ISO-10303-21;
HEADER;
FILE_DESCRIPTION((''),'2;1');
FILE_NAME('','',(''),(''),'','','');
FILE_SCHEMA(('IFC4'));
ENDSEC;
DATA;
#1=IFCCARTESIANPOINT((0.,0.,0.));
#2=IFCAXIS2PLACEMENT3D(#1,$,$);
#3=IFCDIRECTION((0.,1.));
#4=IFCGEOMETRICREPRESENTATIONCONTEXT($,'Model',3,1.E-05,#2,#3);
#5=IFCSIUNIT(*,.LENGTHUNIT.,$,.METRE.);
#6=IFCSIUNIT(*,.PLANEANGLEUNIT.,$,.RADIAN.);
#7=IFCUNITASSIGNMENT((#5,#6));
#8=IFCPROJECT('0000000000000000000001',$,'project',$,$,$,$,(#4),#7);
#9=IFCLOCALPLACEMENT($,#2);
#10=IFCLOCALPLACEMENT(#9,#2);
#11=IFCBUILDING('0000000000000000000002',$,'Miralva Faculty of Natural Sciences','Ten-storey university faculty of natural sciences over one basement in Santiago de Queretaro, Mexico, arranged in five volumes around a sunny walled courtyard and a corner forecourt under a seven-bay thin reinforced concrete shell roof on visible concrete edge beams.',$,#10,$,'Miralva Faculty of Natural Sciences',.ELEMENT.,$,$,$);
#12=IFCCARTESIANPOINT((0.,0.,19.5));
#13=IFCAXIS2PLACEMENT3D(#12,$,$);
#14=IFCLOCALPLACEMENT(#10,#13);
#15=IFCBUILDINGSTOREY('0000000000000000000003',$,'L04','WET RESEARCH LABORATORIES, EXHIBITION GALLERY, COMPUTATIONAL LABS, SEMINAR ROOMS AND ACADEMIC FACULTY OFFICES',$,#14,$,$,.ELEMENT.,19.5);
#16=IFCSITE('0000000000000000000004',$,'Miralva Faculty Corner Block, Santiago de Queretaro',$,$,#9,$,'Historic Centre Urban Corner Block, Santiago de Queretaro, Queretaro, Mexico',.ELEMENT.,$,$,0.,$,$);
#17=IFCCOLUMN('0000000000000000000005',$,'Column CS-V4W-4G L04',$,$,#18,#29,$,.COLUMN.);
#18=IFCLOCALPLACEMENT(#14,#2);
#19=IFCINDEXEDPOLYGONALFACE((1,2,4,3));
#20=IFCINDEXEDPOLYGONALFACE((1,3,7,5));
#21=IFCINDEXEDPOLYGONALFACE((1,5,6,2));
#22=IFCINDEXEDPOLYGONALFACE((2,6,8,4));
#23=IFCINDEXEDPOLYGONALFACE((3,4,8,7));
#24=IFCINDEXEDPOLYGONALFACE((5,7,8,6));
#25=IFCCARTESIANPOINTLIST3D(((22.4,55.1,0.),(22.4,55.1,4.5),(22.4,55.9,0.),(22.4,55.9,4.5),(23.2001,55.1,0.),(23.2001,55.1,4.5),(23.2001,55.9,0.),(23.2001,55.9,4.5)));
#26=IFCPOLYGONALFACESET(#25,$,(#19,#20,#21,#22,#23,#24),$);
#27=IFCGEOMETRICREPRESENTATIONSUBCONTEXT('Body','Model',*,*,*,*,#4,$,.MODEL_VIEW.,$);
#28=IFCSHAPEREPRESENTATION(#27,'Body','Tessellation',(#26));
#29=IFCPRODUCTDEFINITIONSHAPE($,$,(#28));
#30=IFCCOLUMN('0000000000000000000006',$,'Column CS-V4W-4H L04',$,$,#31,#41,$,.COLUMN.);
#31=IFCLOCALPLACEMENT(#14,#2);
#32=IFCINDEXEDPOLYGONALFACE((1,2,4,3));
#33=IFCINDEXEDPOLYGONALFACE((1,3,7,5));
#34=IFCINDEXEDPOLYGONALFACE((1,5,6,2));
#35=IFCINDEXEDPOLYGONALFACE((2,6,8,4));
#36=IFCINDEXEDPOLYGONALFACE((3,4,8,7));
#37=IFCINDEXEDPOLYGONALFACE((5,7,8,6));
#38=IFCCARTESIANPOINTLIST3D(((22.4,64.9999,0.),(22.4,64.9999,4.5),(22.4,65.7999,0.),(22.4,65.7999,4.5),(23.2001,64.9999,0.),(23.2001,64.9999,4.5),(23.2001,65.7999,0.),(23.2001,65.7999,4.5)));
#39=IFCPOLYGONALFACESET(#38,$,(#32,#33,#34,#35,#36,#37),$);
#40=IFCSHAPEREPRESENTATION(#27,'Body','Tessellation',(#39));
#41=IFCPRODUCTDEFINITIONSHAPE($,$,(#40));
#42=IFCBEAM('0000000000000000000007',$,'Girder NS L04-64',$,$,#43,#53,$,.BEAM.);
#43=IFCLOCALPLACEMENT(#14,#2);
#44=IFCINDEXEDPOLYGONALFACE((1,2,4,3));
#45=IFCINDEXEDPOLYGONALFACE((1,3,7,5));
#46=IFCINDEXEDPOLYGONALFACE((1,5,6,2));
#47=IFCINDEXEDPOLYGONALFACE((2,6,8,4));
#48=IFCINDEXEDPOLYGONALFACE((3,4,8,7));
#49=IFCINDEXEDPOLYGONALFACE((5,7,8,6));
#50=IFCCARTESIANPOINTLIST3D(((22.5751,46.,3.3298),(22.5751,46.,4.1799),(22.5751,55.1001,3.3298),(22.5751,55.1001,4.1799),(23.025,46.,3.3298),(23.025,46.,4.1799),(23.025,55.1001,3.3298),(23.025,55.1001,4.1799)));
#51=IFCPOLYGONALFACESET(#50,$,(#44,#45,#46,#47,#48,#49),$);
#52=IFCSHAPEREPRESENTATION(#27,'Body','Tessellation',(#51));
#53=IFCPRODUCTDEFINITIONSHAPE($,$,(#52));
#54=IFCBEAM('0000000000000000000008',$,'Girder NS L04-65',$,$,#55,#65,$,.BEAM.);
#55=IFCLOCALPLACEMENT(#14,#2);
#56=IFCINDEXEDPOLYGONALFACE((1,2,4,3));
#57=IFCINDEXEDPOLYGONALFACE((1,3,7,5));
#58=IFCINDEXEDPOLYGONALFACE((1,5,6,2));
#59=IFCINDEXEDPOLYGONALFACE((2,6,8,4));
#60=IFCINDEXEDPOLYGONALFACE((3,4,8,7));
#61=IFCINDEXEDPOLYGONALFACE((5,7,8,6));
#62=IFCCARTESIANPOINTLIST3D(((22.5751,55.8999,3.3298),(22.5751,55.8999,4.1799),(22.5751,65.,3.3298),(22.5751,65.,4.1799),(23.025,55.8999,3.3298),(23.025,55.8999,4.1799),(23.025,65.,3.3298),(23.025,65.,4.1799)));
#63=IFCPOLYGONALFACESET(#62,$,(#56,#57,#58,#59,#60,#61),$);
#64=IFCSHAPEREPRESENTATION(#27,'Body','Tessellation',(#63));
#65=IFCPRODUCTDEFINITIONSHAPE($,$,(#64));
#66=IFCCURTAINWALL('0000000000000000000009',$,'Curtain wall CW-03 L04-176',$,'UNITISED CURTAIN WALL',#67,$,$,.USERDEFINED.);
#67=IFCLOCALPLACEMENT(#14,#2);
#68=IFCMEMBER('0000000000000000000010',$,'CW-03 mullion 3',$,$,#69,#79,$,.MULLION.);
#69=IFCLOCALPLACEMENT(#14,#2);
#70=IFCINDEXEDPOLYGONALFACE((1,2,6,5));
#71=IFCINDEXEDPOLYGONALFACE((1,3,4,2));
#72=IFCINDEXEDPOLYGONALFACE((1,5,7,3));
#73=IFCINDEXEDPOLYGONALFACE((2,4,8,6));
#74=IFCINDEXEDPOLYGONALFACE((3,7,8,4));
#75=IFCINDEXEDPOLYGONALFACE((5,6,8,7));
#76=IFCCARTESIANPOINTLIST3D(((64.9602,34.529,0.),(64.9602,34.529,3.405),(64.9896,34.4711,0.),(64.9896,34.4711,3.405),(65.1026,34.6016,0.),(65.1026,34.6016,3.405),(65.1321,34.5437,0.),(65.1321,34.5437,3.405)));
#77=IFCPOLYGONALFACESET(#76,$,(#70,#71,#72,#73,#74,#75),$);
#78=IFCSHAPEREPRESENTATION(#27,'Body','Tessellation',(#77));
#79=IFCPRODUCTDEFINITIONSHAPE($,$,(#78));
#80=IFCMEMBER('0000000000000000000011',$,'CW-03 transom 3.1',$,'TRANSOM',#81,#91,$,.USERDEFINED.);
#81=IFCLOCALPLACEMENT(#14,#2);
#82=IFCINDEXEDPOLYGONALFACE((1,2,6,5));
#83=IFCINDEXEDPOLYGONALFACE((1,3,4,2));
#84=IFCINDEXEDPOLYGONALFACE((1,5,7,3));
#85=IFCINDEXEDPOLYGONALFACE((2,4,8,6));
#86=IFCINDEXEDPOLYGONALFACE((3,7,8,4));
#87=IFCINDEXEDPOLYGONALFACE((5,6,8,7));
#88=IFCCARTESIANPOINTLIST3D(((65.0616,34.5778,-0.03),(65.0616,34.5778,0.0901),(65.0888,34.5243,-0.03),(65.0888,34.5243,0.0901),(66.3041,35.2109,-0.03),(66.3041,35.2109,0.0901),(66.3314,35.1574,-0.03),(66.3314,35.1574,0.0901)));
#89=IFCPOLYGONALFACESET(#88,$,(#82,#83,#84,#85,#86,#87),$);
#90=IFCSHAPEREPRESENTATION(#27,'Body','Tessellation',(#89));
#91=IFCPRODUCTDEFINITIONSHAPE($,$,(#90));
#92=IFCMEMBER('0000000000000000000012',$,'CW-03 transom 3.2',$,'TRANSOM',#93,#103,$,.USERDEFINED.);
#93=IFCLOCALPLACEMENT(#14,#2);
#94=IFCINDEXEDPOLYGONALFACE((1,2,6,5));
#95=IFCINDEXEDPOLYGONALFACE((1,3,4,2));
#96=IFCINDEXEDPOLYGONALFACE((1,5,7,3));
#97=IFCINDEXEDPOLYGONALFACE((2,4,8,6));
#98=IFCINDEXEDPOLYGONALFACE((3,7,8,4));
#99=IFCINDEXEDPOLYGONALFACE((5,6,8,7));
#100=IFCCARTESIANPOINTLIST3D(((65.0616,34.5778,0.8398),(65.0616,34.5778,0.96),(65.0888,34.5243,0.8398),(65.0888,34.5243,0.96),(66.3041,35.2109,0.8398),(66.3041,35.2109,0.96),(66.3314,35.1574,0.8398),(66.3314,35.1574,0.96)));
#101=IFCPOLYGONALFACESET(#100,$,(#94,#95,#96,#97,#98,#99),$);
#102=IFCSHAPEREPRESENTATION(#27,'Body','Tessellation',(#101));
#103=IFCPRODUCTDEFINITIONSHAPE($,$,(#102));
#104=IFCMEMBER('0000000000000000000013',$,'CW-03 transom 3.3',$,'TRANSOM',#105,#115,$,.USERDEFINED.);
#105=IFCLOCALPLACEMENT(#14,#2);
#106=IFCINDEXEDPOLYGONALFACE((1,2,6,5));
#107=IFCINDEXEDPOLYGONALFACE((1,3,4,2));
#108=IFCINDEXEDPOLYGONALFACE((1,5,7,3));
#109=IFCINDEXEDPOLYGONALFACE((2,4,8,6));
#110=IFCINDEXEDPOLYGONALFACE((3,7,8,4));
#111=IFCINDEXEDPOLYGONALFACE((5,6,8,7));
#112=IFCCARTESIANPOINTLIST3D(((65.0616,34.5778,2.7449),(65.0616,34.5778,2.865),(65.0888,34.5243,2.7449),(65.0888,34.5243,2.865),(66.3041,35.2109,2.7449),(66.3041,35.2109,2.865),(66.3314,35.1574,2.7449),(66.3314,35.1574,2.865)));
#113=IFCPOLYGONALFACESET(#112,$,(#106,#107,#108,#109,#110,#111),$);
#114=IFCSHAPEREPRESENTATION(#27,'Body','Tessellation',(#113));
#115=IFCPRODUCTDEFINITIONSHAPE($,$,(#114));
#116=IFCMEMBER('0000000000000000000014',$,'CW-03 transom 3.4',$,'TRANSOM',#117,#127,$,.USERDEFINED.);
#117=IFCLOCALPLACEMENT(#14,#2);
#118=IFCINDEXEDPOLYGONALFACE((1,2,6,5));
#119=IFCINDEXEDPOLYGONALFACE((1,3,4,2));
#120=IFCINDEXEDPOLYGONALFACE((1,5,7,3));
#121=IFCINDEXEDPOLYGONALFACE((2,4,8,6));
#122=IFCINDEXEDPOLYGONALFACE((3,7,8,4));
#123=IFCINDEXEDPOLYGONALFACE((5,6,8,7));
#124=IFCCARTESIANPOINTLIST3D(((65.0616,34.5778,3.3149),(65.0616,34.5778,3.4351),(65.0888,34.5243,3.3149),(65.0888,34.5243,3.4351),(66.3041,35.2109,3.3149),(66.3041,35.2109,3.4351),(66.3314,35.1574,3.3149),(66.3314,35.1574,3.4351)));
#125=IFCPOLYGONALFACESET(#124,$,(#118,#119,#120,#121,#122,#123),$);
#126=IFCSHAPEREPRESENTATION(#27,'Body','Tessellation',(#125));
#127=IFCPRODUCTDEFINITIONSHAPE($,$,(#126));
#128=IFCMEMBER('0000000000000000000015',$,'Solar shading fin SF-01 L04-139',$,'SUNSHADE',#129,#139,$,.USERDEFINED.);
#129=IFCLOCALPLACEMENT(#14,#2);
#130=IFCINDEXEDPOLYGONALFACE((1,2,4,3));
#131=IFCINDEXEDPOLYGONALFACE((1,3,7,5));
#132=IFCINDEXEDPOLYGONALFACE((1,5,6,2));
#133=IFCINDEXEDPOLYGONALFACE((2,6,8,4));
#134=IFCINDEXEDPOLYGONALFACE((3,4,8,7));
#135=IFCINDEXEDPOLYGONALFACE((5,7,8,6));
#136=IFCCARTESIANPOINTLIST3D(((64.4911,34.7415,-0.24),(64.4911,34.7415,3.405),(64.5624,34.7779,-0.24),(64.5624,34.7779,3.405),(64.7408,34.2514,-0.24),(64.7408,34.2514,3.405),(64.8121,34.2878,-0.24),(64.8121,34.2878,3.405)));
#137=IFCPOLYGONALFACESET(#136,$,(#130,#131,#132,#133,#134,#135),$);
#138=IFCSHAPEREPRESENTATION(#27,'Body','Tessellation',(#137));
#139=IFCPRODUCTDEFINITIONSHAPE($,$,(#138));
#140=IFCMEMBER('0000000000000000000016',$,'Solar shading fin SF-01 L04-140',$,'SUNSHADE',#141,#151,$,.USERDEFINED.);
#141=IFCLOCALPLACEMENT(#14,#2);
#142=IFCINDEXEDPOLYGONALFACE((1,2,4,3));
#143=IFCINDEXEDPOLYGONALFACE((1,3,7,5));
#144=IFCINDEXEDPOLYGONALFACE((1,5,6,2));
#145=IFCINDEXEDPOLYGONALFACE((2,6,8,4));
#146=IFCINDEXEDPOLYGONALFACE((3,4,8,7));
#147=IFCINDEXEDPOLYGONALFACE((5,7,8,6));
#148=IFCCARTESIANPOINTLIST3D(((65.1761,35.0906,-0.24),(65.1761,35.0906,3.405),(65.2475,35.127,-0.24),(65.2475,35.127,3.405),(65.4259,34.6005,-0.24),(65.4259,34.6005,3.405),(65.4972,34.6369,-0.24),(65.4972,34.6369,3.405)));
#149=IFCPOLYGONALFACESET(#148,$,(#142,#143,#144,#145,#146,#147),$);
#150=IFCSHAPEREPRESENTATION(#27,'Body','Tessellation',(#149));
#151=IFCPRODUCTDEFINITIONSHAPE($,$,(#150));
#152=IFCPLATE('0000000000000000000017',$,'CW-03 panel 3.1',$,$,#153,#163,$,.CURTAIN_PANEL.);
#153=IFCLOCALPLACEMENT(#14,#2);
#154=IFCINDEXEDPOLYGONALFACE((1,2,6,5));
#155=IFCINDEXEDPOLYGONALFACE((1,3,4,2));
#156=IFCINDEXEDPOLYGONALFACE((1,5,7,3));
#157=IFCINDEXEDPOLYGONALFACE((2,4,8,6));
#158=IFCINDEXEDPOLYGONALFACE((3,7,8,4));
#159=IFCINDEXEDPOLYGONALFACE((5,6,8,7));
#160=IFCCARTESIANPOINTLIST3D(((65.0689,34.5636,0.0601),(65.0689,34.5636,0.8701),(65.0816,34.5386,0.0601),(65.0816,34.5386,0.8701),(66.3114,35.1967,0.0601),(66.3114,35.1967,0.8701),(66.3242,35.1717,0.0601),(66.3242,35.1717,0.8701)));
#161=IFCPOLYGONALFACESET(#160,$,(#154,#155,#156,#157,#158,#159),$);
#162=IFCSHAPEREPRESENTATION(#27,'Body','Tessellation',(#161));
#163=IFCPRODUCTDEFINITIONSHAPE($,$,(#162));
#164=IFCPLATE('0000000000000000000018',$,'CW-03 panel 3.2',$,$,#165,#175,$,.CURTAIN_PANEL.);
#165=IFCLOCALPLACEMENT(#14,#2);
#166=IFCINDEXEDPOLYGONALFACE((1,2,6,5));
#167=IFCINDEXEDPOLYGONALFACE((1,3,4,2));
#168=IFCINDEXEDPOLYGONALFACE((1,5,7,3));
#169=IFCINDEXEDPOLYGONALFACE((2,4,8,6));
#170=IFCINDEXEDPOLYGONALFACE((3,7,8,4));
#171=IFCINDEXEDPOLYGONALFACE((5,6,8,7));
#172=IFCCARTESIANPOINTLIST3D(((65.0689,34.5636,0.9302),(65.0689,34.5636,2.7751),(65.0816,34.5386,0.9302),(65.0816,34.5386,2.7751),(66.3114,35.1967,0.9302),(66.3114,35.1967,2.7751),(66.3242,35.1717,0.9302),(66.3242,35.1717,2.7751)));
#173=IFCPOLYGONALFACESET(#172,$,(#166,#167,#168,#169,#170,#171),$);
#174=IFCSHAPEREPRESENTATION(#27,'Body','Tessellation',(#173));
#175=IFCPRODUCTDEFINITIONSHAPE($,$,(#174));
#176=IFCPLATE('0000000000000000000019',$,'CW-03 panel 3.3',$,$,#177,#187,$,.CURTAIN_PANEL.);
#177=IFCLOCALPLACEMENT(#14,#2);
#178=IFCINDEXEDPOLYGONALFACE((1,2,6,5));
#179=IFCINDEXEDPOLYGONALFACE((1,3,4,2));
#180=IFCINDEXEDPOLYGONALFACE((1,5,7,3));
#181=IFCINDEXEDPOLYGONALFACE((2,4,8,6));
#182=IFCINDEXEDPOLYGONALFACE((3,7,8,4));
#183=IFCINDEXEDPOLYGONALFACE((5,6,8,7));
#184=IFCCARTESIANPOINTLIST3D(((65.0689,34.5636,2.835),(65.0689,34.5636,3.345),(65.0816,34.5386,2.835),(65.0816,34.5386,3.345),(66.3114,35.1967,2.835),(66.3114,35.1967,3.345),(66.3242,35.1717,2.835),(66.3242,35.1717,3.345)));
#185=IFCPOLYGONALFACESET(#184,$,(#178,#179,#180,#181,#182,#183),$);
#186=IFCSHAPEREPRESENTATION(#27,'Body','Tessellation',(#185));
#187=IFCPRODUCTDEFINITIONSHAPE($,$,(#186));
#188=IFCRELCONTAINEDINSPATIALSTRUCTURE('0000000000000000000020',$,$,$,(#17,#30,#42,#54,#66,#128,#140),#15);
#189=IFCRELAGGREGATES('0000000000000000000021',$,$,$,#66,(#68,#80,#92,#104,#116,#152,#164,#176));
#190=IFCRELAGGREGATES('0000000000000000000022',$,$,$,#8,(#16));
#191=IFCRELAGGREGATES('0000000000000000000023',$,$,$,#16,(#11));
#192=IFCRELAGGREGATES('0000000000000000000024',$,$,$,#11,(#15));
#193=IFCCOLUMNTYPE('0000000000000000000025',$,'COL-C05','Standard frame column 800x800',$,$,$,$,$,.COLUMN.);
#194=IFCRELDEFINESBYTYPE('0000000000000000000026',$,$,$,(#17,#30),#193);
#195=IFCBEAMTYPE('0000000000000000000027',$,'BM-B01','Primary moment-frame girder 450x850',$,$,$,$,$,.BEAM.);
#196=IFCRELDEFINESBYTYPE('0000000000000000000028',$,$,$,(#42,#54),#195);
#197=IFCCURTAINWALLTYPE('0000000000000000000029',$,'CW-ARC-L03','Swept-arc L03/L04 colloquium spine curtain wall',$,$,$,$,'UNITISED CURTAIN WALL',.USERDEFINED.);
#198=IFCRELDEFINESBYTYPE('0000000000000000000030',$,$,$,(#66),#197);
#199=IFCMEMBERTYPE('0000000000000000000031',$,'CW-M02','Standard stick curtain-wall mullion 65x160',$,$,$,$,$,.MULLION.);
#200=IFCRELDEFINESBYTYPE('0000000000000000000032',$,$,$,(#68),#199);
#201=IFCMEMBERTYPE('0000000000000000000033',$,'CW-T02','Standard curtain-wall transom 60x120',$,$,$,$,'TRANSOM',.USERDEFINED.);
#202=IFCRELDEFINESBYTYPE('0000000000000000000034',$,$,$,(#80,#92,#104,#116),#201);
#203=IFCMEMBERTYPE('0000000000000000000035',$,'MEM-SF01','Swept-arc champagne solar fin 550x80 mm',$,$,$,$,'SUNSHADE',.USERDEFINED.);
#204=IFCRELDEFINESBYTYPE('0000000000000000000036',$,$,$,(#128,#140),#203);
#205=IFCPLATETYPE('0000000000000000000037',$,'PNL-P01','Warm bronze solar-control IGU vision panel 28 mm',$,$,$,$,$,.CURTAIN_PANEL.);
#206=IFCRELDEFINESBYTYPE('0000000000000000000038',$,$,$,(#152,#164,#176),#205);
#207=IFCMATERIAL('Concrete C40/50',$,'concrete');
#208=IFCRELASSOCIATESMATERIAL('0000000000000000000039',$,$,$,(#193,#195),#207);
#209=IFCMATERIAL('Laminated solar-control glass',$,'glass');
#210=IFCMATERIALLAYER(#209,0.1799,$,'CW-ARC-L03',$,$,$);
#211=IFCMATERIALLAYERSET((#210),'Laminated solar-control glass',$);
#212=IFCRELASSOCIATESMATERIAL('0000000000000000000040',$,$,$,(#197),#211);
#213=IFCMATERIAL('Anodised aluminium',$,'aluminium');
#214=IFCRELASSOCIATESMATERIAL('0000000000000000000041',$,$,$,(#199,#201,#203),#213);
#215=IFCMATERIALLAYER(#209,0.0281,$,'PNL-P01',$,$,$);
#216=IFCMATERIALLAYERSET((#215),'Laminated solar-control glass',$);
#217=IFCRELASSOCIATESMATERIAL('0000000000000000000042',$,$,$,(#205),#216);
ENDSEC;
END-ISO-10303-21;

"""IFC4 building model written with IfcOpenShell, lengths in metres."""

from ifc_helpers import new_model, si_unit, direction, frame, origin, origin_2d, place, context, subcontext, project, spatial, rectangle, extrude, material, layer, layer_set, material_profile, profile_set, type_object, element, aggregate, save


model = new_model("IFC4")

# Units and contexts
model_context = context("Model", 3, precision=1e-05, world=origin(), true_north=direction((0.0, 1.0)))
body_context = subcontext(model_context, "Body", "Model", "MODEL_VIEW")
ifc_project = project(units=[si_unit("LENGTHUNIT", "METRE"), si_unit("PLANEANGLEUNIT", "RADIAN")], contexts=[model_context])

# Site, building, storey
site_placement = place(None, origin())
site = spatial("IfcSite", under=ifc_project, at=site_placement, Name="Miralva Faculty Corner Block, Santiago de Queretaro", LongName="Historic Centre Urban Corner Block, Santiago de Queretaro, Queretaro, Mexico", CompositionType="ELEMENT", RefElevation=0.0)
building_placement = place(site_placement, origin())
building = spatial("IfcBuilding", under=site, at=building_placement, Name="Miralva Faculty of Natural Sciences", Description="Ten-storey university faculty of natural sciences over one basement in Santiago de Queretaro, Mexico, arranged in five volumes around a sunny walled courtyard and a corner forecourt under a seven-bay thin reinforced concrete shell roof on visible concrete edge beams.", LongName="Miralva Faculty of Natural Sciences", CompositionType="ELEMENT")
storey_placement = place(building_placement, frame((0.0, 0.0, 19.5)))
storey = spatial("IfcBuildingStorey", under=building, at=storey_placement, Name="L04", Description="WET RESEARCH LABORATORIES, EXHIBITION GALLERY, COMPUTATIONAL LABS, SEMINAR ROOMS AND ACADEMIC FACULTY OFFICES", CompositionType="ELEMENT", Elevation=19.5)

# Columns
ifc_material_1 = material(Name="Concrete C40/50", Category="concrete")
ifc_material_profile_1 = material_profile(ifc_material_1, rectangle(XDim=0.8, YDim=0.8, at=origin_2d()), Name="RC 800x800")
ifc_profile_set_1 = profile_set([ifc_material_profile_1], Name="Concrete C40/50")
column_type = type_object("IfcColumnType", Name="COL-C05", Description="Standard frame column 800x800", PredefinedType="COLUMN", material=ifc_profile_set_1)
for number, where, z_axis, x_axis, name in (
    (1, (22.8, 55.5, 0.0), (0.0, 0.0, 1.0), (1.0, 0.0, 0.0), "Column CS-V4W-4G L04"),
    (2, (22.8, 65.3999, 0.0), (0.0, 0.0, 1.0), (1.0, 0.0, 0.0), "Column CS-V4W-4H L04"),
):
    element("IfcColumn", number, at=place(storey_placement, frame(where, z_axis=z_axis, x_axis=x_axis)), inside=storey, type_object=column_type, Name=name, PredefinedType="COLUMN", context=body_context, shape_type="SweptSolid", body=[
        extrude(rectangle(XDim=0.8, YDim=0.8, at=origin_2d()), origin(), (0.0, 0.0, 1.0), 4.5),
    ])

# Beams
ifc_material_profile_2 = material_profile(ifc_material_1, rectangle(XDim=0.45, YDim=0.8501, at=origin_2d()), Name="RC 450x850")
ifc_profile_set_2 = profile_set([ifc_material_profile_2], Name="Concrete C40/50")
beam_type = type_object("IfcBeamType", Name="BM-B01", Description="Primary moment-frame girder 450x850", PredefinedType="BEAM", material=ifc_profile_set_2)
for number, where, z_axis, x_axis, name in (
    (3, (22.8, 46.0, 3.7549), (0.0, 1.0, 0.0), (-1.0, 0.0, 0.0), "Girder NS L04-64"),
    (4, (22.8, 55.8999, 3.7549), (0.0, 1.0, 0.0), (-1.0, 0.0, 0.0), "Girder NS L04-65"),
):
    element("IfcBeam", number, at=place(storey_placement, frame(where, z_axis=z_axis, x_axis=x_axis)), inside=storey, type_object=beam_type, Name=name, PredefinedType="BEAM", context=body_context, shape_type="SweptSolid", body=[
        extrude(rectangle(XDim=0.45, YDim=0.8501, at=origin_2d()), origin(), (0.0, 0.0, 1.0), 9.1001),
    ])

# Curtain wall, members
ifc_material_2 = material(Name="Laminated solar-control glass", Category="glass")
ifc_layer_1 = layer(ifc_material_2, 0.1799, Name="CW-ARC-L03")
ifc_layer_set_1 = layer_set([ifc_layer_1], Name="Laminated solar-control glass")
curtain_wall_type = type_object("IfcCurtainWallType", Name="CW-ARC-L03", Description="Swept-arc L03/L04 colloquium spine curtain wall", ElementType="UNITISED CURTAIN WALL", PredefinedType="USERDEFINED", material=ifc_layer_set_1)
curtain_wall_placement = place(storey_placement, origin())
curtain_wall = element("IfcCurtainWall", 5, at=curtain_wall_placement, inside=storey, type_object=curtain_wall_type, Name="Curtain wall CW-03 L04-176", ObjectType="UNITISED CURTAIN WALL", PredefinedType="USERDEFINED")
ifc_material_3 = material(Name="Anodised aluminium", Category="aluminium")
ifc_material_profile_3 = material_profile(ifc_material_3, rectangle(XDim=0.0649, YDim=0.1599, at=origin_2d()), Name="MULLION 65x160")
ifc_profile_set_3 = profile_set([ifc_material_profile_3], Name="Anodised aluminium")
member_type_1 = type_object("IfcMemberType", Name="CW-M02", Description="Standard stick curtain-wall mullion 65x160", PredefinedType="MULLION", material=ifc_profile_set_3)
member_1_placement = place(storey_placement, frame((65.0461, 34.5364, 0.0), z_axis=(0.0, 0.0, 1.0), x_axis=(-0.453975, 0.891015, 0.0)))
member_1 = element("IfcMember", 6, at=member_1_placement, type_object=member_type_1, Name="CW-03 mullion 3", PredefinedType="MULLION", context=body_context, shape_type="SweptSolid", body=[
    extrude(rectangle(XDim=0.0649, YDim=0.1599, at=origin_2d()), origin(), (0.0, 0.0, 1.0), 3.405),
])
ifc_material_profile_4 = material_profile(ifc_material_3, rectangle(XDim=0.0601, YDim=0.1201, at=origin_2d()), Name="TRANSOM 60x120")
ifc_profile_set_4 = profile_set([ifc_material_profile_4], Name="Anodised aluminium")
member_type_2 = type_object("IfcMemberType", Name="CW-T02", Description="Standard curtain-wall transom 60x120", ElementType="TRANSOM", PredefinedType="USERDEFINED", material=ifc_profile_set_4)
member_2_placement = place(storey_placement, frame((65.0752, 34.551, 0.03), z_axis=(0.891005, 0.453994, 0.0), x_axis=(-0.453994, 0.891005, 0.0)))
member_2 = element("IfcMember", 7, at=member_2_placement, type_object=member_type_2, Name="CW-03 transom 3.1", ObjectType="TRANSOM", PredefinedType="USERDEFINED", context=body_context, shape_type="SweptSolid", body=[
    extrude(rectangle(XDim=0.0601, YDim=0.1201, at=origin_2d()), origin(), (0.0, 0.0, 1.0), 1.3945),
])
member_3_placement = place(storey_placement, frame((65.0752, 34.551, 0.8999), z_axis=(0.891005, 0.453994, 0.0), x_axis=(-0.453994, 0.891005, 0.0)))
member_3 = element("IfcMember", 8, at=member_3_placement, type_object=member_type_2, Name="CW-03 transom 3.2", ObjectType="TRANSOM", PredefinedType="USERDEFINED", context=body_context, shape_type="SweptSolid", body=[
    extrude(rectangle(XDim=0.0601, YDim=0.1201, at=origin_2d()), origin(), (0.0, 0.0, 1.0), 1.3945),
])
member_4_placement = place(storey_placement, frame((65.0752, 34.551, 2.8049), z_axis=(0.891005, 0.453994, 0.0), x_axis=(-0.453994, 0.891005, 0.0)))
member_4 = element("IfcMember", 9, at=member_4_placement, type_object=member_type_2, Name="CW-03 transom 3.3", ObjectType="TRANSOM", PredefinedType="USERDEFINED", context=body_context, shape_type="SweptSolid", body=[
    extrude(rectangle(XDim=0.0601, YDim=0.1201, at=origin_2d()), origin(), (0.0, 0.0, 1.0), 1.3945),
])
member_5_placement = place(storey_placement, frame((65.0752, 34.551, 3.375), z_axis=(0.891005, 0.453994, 0.0), x_axis=(-0.453994, 0.891005, 0.0)))
member_5 = element("IfcMember", 10, at=member_5_placement, type_object=member_type_2, Name="CW-03 transom 3.4", ObjectType="TRANSOM", PredefinedType="USERDEFINED", context=body_context, shape_type="SweptSolid", body=[
    extrude(rectangle(XDim=0.0601, YDim=0.1201, at=origin_2d()), origin(), (0.0, 0.0, 1.0), 1.3945),
])

# Members
ifc_material_profile_5 = material_profile(ifc_material_3, rectangle(XDim=0.0801, YDim=0.55, at=origin_2d()), Name="FIN 550x80")
ifc_profile_set_5 = profile_set([ifc_material_profile_5], Name="Anodised aluminium")
member_type_3 = type_object("IfcMemberType", Name="MEM-SF01", Description="Swept-arc champagne solar fin 550x80 mm", ElementType="SUNSHADE", PredefinedType="USERDEFINED", material=ifc_profile_set_5)
for number, where, z_axis, x_axis, name in (
    (11, (64.6516, 34.5146, -0.24), (0.0, 0.0, 1.0), (-0.891007, -0.45399, 0.0), "Solar shading fin SF-01 L04-139"),
    (12, (65.3367, 34.8638, -0.24), (0.0, 0.0, 1.0), (-0.891007, -0.45399, 0.0), "Solar shading fin SF-01 L04-140"),
):
    element("IfcMember", number, at=place(storey_placement, frame(where, z_axis=z_axis, x_axis=x_axis)), inside=storey, type_object=member_type_3, Name=name, ObjectType="SUNSHADE", PredefinedType="USERDEFINED", context=body_context, shape_type="SweptSolid", body=[
        extrude(rectangle(XDim=0.0801, YDim=0.55, at=origin_2d()), origin(), (0.0, 0.0, 1.0), 3.645),
    ])

# Plates
ifc_layer_2 = layer(ifc_material_2, 0.0281, Name="PNL-P01")
ifc_layer_set_2 = layer_set([ifc_layer_2], Name="Laminated solar-control glass")
plate_type = type_object("IfcPlateType", Name="PNL-P01", Description="Warm bronze solar-control IGU vision panel 28 mm", PredefinedType="CURTAIN_PANEL", material=ifc_layer_set_2)
plate_1_placement = place(storey_placement, frame((65.6965, 34.8677, 0.0601), z_axis=(0.0, 0.0, 1.0), x_axis=(0.891015, 0.453975, 0.0)))
plate_1 = element("IfcPlate", 13, at=plate_1_placement, type_object=plate_type, Name="CW-03 panel 3.1", PredefinedType="CURTAIN_PANEL", context=body_context, shape_type="SweptSolid", body=[
    extrude(rectangle(XDim=1.3945, YDim=0.0281, at=origin_2d()), origin(), (0.0, 0.0, 1.0), 0.8101),
])
plate_2_placement = place(storey_placement, frame((65.6965, 34.8677, 0.9302), z_axis=(0.0, 0.0, 1.0), x_axis=(0.891015, 0.453975, 0.0)))
plate_2 = element("IfcPlate", 14, at=plate_2_placement, type_object=plate_type, Name="CW-03 panel 3.2", PredefinedType="CURTAIN_PANEL", context=body_context, shape_type="SweptSolid", body=[
    extrude(rectangle(XDim=1.3945, YDim=0.0281, at=origin_2d()), origin(), (0.0, 0.0, 1.0), 1.845),
])
plate_3_placement = place(storey_placement, frame((65.6965, 34.8677, 2.835), z_axis=(0.0, 0.0, 1.0), x_axis=(0.891015, 0.453975, 0.0)))
plate_3 = element("IfcPlate", 15, at=plate_3_placement, type_object=plate_type, Name="CW-03 panel 3.3", PredefinedType="CURTAIN_PANEL", context=body_context, shape_type="SweptSolid", body=[
    extrude(rectangle(XDim=1.3945, YDim=0.0281, at=origin_2d()), origin(), (0.0, 0.0, 1.0), 0.51),
])
aggregate(curtain_wall, [member_1, member_2, member_3, member_4, member_5, plate_1, plate_2, plate_3])

save(model, "model.ifc")
